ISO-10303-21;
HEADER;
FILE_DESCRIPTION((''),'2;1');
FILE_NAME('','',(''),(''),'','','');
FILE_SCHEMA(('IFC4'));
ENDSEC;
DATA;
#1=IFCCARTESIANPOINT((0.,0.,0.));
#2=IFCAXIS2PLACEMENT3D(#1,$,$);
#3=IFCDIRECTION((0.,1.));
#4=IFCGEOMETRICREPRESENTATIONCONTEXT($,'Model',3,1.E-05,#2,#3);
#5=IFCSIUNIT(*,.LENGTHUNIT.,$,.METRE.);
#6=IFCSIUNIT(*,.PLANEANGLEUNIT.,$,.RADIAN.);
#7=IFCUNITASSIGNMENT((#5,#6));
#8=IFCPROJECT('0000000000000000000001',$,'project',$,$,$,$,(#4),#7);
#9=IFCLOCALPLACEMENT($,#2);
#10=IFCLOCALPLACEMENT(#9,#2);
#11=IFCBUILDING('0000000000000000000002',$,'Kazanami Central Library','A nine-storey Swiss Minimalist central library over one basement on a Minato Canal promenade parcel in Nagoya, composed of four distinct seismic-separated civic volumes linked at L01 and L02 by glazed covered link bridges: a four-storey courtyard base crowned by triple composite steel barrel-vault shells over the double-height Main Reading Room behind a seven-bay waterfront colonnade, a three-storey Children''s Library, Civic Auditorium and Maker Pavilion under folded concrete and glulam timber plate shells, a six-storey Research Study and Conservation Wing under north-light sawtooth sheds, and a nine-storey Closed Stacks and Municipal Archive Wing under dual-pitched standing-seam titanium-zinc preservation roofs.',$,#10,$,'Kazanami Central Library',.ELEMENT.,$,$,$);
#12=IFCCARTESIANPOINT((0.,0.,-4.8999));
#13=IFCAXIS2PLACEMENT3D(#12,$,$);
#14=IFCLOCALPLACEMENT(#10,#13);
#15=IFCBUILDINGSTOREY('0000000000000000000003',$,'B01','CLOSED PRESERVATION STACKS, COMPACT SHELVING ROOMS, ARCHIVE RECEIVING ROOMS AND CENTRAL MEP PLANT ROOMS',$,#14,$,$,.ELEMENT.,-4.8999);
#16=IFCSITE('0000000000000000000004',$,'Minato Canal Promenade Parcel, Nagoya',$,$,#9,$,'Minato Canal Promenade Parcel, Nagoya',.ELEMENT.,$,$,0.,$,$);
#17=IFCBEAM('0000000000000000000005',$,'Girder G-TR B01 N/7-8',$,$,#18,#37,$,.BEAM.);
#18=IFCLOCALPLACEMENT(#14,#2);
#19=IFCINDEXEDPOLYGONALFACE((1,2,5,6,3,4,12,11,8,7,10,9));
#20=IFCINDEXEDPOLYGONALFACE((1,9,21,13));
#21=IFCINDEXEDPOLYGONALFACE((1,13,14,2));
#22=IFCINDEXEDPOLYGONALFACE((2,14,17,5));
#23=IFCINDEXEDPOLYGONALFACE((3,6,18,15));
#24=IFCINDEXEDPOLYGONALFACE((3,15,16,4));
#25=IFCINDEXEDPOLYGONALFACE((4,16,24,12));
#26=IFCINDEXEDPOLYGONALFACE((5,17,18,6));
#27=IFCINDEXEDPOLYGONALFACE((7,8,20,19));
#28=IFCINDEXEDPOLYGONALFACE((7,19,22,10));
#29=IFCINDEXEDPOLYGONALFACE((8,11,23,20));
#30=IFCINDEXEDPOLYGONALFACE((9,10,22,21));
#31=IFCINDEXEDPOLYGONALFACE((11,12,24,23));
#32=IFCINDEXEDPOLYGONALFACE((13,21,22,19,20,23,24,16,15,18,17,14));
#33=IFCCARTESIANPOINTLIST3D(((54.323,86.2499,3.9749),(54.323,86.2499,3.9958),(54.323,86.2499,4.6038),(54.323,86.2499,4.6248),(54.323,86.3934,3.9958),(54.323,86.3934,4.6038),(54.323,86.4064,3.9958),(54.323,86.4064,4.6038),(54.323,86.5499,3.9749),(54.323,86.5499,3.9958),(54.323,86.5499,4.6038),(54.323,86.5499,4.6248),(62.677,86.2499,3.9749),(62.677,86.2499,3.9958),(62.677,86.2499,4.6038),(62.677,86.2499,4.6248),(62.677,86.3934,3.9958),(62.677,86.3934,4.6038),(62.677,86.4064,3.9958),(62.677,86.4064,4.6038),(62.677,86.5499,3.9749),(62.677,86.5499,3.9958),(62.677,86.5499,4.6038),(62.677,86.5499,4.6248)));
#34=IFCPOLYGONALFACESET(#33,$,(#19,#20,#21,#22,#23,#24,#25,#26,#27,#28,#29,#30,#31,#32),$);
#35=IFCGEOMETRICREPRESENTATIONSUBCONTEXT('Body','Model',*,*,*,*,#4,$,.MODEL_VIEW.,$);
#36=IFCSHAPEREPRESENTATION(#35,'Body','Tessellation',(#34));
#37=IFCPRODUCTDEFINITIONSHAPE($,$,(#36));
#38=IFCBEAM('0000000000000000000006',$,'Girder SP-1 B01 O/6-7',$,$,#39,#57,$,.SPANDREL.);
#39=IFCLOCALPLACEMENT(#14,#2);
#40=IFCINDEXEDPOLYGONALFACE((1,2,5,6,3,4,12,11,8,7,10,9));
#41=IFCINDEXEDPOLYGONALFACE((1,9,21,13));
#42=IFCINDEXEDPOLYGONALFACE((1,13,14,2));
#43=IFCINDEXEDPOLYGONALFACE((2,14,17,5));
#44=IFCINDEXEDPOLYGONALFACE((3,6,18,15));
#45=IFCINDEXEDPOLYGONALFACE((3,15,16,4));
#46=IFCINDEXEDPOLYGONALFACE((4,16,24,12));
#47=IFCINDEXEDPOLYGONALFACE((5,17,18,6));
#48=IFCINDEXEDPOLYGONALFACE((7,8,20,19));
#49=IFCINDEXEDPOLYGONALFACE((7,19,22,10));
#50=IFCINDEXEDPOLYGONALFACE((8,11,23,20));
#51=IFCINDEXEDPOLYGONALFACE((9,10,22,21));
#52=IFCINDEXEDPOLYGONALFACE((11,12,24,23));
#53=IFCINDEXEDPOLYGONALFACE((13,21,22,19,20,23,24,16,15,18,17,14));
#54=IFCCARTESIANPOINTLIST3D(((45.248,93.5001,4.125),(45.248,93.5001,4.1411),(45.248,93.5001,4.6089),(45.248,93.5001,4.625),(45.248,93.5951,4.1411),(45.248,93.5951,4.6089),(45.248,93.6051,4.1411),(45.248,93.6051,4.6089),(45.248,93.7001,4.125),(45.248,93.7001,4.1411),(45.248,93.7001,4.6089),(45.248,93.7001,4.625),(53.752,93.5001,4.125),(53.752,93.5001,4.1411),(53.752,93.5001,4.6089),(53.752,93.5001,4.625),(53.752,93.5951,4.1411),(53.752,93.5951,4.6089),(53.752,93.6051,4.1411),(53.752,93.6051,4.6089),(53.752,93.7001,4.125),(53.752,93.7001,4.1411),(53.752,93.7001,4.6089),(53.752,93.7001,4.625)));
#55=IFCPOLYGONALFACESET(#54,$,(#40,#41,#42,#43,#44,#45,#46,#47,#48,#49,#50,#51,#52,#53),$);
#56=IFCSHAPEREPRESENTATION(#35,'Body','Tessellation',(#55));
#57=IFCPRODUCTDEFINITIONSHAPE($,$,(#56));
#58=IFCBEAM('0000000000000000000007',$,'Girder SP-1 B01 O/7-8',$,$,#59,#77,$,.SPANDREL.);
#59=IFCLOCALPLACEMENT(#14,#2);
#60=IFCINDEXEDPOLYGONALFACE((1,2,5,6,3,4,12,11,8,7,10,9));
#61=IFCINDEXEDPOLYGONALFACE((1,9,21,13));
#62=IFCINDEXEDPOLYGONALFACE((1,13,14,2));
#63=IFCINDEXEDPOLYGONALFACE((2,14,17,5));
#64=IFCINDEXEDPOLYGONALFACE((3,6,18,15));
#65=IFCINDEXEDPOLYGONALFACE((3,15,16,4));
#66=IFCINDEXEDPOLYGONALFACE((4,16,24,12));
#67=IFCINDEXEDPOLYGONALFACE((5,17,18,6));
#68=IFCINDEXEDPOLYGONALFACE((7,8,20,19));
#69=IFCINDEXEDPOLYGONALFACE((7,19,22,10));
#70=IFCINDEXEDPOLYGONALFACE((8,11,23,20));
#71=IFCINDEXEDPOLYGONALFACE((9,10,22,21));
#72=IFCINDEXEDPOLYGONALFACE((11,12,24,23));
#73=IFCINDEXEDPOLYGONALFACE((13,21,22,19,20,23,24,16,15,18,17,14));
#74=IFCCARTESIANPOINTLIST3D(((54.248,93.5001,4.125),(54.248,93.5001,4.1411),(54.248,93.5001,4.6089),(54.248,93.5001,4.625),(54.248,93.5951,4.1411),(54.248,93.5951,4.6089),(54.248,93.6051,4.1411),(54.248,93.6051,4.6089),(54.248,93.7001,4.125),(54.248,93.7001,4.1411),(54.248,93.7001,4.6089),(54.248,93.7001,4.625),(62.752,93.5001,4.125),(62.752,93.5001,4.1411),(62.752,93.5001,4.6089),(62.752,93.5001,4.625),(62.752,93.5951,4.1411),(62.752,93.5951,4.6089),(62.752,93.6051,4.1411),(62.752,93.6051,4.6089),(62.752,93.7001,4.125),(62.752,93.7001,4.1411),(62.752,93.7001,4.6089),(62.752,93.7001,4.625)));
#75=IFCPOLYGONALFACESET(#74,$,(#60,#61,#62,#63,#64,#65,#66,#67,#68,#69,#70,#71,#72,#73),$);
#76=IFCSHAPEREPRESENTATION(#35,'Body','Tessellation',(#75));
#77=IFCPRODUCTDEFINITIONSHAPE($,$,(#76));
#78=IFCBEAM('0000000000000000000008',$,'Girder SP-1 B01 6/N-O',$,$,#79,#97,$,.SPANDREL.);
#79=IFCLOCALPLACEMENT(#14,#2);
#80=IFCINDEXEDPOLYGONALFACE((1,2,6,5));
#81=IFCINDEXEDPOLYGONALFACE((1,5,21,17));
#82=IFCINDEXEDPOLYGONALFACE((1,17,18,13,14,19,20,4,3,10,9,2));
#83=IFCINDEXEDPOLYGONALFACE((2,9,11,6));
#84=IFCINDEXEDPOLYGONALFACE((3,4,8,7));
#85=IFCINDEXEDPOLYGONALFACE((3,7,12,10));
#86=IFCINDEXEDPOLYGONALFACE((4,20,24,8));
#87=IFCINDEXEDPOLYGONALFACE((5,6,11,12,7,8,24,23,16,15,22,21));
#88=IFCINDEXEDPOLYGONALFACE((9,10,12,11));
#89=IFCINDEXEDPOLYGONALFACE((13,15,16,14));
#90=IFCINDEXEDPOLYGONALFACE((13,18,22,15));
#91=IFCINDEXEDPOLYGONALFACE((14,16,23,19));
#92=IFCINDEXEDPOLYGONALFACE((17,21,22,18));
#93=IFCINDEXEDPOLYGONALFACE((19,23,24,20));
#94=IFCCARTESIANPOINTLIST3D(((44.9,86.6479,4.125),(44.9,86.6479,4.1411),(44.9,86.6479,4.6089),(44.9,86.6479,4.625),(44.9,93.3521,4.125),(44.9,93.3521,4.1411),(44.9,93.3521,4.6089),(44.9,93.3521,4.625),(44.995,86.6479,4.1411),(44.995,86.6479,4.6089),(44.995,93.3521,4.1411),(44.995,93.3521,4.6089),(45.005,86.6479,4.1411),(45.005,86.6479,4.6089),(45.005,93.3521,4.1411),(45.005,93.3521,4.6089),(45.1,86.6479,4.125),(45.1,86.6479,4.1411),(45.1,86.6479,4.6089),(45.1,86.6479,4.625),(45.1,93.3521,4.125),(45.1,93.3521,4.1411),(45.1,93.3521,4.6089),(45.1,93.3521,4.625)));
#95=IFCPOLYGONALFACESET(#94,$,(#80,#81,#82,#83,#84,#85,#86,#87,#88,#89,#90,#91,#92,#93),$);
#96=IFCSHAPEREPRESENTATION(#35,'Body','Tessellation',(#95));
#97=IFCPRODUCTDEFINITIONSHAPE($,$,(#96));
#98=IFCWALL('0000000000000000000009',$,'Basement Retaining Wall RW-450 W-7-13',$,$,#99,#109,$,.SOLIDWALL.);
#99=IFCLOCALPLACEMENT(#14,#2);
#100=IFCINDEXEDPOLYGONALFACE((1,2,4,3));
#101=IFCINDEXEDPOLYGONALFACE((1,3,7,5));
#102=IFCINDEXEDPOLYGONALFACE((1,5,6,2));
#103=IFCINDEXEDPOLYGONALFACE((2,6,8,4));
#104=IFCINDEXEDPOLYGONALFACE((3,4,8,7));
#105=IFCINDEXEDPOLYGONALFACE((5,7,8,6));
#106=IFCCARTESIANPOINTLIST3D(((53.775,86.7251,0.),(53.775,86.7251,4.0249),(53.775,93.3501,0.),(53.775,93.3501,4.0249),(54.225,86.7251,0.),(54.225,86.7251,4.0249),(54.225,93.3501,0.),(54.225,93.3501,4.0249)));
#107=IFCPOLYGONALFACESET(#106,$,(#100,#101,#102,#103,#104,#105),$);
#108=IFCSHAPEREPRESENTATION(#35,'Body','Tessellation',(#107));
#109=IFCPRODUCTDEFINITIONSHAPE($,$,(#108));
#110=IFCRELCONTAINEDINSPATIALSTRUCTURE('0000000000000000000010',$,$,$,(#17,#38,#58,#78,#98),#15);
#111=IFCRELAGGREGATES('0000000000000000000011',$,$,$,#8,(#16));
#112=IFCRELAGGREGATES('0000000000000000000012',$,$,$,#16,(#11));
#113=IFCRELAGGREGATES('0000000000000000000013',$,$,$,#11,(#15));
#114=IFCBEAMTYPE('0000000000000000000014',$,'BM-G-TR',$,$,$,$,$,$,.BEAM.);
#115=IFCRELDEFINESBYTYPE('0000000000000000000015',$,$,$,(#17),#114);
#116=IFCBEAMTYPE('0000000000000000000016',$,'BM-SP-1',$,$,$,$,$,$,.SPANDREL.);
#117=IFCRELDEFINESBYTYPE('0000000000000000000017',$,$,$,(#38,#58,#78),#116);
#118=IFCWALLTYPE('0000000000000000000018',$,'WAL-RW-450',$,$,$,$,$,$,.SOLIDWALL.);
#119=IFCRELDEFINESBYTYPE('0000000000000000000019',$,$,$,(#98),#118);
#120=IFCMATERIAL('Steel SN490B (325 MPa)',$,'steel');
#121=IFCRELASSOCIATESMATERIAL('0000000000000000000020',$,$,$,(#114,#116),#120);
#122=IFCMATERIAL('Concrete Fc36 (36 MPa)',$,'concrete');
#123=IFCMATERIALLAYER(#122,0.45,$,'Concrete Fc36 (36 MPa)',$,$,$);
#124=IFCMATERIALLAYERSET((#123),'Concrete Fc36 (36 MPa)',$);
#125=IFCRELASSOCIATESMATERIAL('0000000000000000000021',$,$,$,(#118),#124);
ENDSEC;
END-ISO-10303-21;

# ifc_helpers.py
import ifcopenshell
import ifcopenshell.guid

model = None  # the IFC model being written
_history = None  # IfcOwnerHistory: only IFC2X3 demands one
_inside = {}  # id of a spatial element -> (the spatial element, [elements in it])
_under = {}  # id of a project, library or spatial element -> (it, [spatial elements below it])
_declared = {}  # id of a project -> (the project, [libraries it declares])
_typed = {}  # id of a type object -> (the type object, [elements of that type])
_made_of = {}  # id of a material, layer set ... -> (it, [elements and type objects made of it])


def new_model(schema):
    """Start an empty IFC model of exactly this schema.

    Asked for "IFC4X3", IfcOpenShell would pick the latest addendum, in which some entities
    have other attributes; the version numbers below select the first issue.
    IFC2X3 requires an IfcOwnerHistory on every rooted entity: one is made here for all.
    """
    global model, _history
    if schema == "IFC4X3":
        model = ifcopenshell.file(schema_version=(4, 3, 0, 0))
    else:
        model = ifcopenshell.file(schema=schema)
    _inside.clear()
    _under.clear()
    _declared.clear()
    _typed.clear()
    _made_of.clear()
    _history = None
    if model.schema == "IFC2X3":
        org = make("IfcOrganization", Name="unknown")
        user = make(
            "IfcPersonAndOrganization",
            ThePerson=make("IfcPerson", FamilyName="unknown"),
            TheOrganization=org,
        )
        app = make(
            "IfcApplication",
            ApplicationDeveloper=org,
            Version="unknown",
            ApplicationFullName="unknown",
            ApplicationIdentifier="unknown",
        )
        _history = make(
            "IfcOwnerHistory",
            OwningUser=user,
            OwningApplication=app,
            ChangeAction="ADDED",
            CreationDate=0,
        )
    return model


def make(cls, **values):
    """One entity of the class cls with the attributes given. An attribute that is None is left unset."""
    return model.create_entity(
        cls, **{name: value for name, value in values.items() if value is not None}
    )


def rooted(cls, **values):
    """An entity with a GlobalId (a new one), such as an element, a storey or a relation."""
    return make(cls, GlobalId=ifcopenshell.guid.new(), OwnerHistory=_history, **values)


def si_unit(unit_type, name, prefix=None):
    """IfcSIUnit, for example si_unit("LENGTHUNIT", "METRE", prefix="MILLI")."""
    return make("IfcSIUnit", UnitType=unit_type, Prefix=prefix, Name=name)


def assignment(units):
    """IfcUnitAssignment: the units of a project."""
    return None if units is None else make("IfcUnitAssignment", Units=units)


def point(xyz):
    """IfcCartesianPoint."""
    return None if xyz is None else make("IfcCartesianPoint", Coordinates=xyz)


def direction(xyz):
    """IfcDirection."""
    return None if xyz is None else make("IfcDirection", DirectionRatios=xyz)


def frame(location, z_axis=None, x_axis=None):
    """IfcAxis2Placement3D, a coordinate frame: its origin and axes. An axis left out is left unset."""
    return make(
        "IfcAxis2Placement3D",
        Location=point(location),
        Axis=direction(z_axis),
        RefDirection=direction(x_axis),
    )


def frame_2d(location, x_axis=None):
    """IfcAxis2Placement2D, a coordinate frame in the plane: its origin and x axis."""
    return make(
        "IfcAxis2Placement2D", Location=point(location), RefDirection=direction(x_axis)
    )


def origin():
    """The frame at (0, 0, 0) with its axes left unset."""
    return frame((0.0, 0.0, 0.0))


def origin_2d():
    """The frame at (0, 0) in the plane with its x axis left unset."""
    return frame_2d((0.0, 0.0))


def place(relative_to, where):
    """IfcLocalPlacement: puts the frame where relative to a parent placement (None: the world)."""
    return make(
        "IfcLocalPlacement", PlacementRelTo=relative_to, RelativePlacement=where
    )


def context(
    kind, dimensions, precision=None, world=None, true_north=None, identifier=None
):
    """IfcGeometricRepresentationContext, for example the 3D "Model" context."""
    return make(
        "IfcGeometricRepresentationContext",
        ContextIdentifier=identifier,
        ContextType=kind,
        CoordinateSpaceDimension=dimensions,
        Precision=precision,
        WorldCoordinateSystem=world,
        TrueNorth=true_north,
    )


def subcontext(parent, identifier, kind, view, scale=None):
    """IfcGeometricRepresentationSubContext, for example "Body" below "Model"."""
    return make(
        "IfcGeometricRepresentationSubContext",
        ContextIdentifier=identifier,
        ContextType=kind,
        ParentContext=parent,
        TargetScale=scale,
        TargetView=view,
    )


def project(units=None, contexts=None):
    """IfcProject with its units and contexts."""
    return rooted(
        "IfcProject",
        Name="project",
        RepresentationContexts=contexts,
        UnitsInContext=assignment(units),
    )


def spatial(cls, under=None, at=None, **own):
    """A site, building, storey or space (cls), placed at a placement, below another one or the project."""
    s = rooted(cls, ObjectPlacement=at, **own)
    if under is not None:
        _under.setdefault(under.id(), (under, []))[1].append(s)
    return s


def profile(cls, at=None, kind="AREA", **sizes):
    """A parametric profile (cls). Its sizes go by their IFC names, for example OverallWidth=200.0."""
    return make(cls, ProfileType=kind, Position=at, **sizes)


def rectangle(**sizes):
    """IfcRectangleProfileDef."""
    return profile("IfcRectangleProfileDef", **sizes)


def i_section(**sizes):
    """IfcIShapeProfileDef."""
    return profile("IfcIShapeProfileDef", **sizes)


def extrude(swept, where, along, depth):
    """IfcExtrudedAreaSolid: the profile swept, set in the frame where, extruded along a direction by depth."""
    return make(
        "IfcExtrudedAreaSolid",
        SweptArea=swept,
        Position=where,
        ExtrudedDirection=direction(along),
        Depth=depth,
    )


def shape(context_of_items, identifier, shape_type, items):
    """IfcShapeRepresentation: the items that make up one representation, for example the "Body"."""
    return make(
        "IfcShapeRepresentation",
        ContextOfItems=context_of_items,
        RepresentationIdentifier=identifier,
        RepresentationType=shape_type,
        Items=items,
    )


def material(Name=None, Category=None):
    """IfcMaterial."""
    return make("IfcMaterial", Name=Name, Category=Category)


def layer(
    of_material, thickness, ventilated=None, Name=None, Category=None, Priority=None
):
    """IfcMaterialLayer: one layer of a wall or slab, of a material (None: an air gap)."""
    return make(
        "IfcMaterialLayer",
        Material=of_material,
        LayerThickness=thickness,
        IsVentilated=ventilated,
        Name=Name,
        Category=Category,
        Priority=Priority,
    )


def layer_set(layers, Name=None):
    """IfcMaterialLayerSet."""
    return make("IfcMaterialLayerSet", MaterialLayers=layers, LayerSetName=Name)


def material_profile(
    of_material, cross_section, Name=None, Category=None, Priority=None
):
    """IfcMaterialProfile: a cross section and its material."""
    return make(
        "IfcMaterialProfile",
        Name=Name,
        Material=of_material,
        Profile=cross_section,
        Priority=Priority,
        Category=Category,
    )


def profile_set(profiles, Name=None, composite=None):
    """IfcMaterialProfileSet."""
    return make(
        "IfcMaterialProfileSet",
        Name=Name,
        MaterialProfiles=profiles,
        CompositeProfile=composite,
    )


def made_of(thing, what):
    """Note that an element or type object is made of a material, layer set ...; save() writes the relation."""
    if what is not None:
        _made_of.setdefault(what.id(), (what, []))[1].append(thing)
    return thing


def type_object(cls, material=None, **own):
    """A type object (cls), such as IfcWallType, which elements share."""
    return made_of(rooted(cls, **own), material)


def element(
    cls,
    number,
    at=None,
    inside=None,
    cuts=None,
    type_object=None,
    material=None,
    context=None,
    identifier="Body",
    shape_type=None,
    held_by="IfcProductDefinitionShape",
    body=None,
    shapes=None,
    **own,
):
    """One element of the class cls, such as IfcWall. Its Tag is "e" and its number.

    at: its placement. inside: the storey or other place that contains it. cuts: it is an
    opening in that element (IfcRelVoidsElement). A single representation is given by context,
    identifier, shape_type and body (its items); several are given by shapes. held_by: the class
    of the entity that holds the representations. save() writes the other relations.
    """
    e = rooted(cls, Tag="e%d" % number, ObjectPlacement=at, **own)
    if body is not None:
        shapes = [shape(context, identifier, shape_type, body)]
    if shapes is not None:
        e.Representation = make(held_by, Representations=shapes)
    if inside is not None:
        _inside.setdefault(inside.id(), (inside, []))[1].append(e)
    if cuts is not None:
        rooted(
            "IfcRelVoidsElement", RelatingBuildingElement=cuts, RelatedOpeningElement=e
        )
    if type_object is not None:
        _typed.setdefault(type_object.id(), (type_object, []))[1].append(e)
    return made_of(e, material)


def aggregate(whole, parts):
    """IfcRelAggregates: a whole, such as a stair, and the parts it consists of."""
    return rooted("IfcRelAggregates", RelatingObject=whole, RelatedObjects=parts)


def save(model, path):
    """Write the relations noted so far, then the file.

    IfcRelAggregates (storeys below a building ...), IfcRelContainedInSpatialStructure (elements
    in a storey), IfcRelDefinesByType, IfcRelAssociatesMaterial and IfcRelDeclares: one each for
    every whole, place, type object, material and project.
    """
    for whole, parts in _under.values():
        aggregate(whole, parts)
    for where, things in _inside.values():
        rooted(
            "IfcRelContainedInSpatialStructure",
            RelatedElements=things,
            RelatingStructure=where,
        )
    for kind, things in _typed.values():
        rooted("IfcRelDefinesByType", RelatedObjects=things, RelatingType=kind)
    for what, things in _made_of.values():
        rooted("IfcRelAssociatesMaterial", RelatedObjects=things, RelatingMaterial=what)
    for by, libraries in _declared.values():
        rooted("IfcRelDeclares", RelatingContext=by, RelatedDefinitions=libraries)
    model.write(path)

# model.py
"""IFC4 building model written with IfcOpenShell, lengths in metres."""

from ifc_helpers import new_model, si_unit, direction, frame, frame_2d, origin, origin_2d, place, context, subcontext, project, spatial, rectangle, i_section, extrude, material, layer, layer_set, material_profile, profile_set, type_object, element, save


model = new_model("IFC4")

# Units and contexts
model_context = context("Model", 3, precision=1e-05, world=origin(), true_north=direction((0.0, 1.0)))
body_context = subcontext(model_context, "Body", "Model", "MODEL_VIEW")
ifc_project = project(units=[si_unit("LENGTHUNIT", "METRE"), si_unit("PLANEANGLEUNIT", "RADIAN")], contexts=[model_context])

# Site, building, storey
site_placement = place(None, origin())
site = spatial("IfcSite", under=ifc_project, at=site_placement, Name="Minato Canal Promenade Parcel, Nagoya", LongName="Minato Canal Promenade Parcel, Nagoya", CompositionType="ELEMENT", RefElevation=0.0)
building_placement = place(site_placement, origin())
building = spatial("IfcBuilding", under=site, at=building_placement, Name="Kazanami Central Library", Description="A nine-storey Swiss Minimalist central library over one basement on a Minato Canal promenade parcel in Nagoya, composed of four distinct seismic-separated civic volumes linked at L01 and L02 by glazed covered link bridges: a four-storey courtyard base crowned by triple composite steel barrel-vault shells over the double-height Main Reading Room behind a seven-bay waterfront colonnade, a three-storey Children's Library, Civic Auditorium and Maker Pavilion under folded concrete and glulam timber plate shells, a six-storey Research Study and Conservation Wing under north-light sawtooth sheds, and a nine-storey Closed Stacks and Municipal Archive Wing under dual-pitched standing-seam titanium-zinc preservation roofs.", LongName="Kazanami Central Library", CompositionType="ELEMENT")
storey_placement = place(building_placement, frame((0.0, 0.0, -4.8999)))
storey = spatial("IfcBuildingStorey", under=building, at=storey_placement, Name="B01", Description="CLOSED PRESERVATION STACKS, COMPACT SHELVING ROOMS, ARCHIVE RECEIVING ROOMS AND CENTRAL MEP PLANT ROOMS", CompositionType="ELEMENT", Elevation=-4.8999)

# Shared definitions
ifc_material_1 = material(Name="Concrete Fc36 (36 MPa)", Category="concrete")

# Beams
ifc_material_2 = material(Name="Steel SN490B (325 MPa)", Category="steel")
ifc_material_profile_1 = material_profile(ifc_material_2, i_section(OverallWidth=0.3, OverallDepth=0.6499, WebThickness=0.0129, FlangeThickness=0.021, at=origin_2d()), Name="H-650x300x13x21")
ifc_profile_set_1 = profile_set([ifc_material_profile_1], Name="Steel SN490B (325 MPa)")
beam_type_1 = type_object("IfcBeamType", Name="BM-G-TR", PredefinedType="BEAM", material=ifc_profile_set_1)
beam_1_placement = place(storey_placement, frame((54.323, 86.3999, 4.2998), z_axis=(1.0, 0.0, 0.0), x_axis=(0.0, 1.0, 0.0)))
element("IfcBeam", 1, at=beam_1_placement, inside=storey, type_object=beam_type_1, Name="Girder G-TR B01 N/7-8", PredefinedType="BEAM", context=body_context, shape_type="SweptSolid", body=[
    extrude(i_section(OverallWidth=0.3, OverallDepth=0.6499, WebThickness=0.0129, FlangeThickness=0.021, at=origin_2d()), origin(), (0.0, 0.0, 1.0), 8.354),
])
ifc_material_profile_2 = material_profile(ifc_material_2, i_section(OverallWidth=0.2, OverallDepth=0.5, WebThickness=0.01, FlangeThickness=0.0161, at=origin_2d()), Name="H-500x200x10x16")
ifc_profile_set_2 = profile_set([ifc_material_profile_2], Name="Steel SN490B (325 MPa)")
beam_type_2 = type_object("IfcBeamType", Name="BM-SP-1", PredefinedType="SPANDREL", material=ifc_profile_set_2)
for number, where, z_axis, x_axis, name in (
    (2, (45.248, 93.6001, 4.375), (1.0, 0.0, 0.0), (0.0, 1.0, 0.0), "Girder SP-1 B01 O/6-7"),
    (3, (54.248, 93.6001, 4.375), (1.0, 0.0, 0.0), (0.0, 1.0, 0.0), "Girder SP-1 B01 O/7-8"),
):
    element("IfcBeam", number, at=place(storey_placement, frame(where, z_axis=z_axis, x_axis=x_axis)), inside=storey, type_object=beam_type_2, Name=name, PredefinedType="SPANDREL", context=body_context, shape_type="SweptSolid", body=[
        extrude(i_section(OverallWidth=0.2, OverallDepth=0.5, WebThickness=0.01, FlangeThickness=0.0161, at=origin_2d()), origin(), (0.0, 0.0, 1.0), 8.5039),
    ])
beam_2_placement = place(storey_placement, frame((45.0, 86.6479, 4.375), z_axis=(0.0, 1.0, 0.0), x_axis=(-1.0, 0.0, 0.0)))
element("IfcBeam", 4, at=beam_2_placement, inside=storey, type_object=beam_type_2, Name="Girder SP-1 B01 6/N-O", PredefinedType="SPANDREL", context=body_context, shape_type="SweptSolid", body=[
    extrude(i_section(OverallWidth=0.2, OverallDepth=0.5, WebThickness=0.01, FlangeThickness=0.0161, at=origin_2d()), origin(), (0.0, 0.0, 1.0), 6.7041),
])

# Wall
ifc_layer = layer(ifc_material_1, 0.45, Name="Concrete Fc36 (36 MPa)")
ifc_layer_set = layer_set([ifc_layer], Name="Concrete Fc36 (36 MPa)")
wall_type = type_object("IfcWallType", Name="WAL-RW-450", PredefinedType="SOLIDWALL", material=ifc_layer_set)
wall_placement = place(storey_placement, frame((54.0, 86.7251, 0.0), z_axis=(0.0, 0.0, 1.0), x_axis=(0.0, 1.0, 0.0)))
element("IfcWall", 5, at=wall_placement, inside=storey, type_object=wall_type, Name="Basement Retaining Wall RW-450 W-7-13", PredefinedType="SOLIDWALL", context=body_context, shape_type="SweptSolid", body=[
    extrude(rectangle(XDim=6.625, YDim=0.45, at=frame_2d((3.3125, 0.0))), origin(), (0.0, 0.0, 1.0), 4.0249),
])

save(model, "model.ifc")
